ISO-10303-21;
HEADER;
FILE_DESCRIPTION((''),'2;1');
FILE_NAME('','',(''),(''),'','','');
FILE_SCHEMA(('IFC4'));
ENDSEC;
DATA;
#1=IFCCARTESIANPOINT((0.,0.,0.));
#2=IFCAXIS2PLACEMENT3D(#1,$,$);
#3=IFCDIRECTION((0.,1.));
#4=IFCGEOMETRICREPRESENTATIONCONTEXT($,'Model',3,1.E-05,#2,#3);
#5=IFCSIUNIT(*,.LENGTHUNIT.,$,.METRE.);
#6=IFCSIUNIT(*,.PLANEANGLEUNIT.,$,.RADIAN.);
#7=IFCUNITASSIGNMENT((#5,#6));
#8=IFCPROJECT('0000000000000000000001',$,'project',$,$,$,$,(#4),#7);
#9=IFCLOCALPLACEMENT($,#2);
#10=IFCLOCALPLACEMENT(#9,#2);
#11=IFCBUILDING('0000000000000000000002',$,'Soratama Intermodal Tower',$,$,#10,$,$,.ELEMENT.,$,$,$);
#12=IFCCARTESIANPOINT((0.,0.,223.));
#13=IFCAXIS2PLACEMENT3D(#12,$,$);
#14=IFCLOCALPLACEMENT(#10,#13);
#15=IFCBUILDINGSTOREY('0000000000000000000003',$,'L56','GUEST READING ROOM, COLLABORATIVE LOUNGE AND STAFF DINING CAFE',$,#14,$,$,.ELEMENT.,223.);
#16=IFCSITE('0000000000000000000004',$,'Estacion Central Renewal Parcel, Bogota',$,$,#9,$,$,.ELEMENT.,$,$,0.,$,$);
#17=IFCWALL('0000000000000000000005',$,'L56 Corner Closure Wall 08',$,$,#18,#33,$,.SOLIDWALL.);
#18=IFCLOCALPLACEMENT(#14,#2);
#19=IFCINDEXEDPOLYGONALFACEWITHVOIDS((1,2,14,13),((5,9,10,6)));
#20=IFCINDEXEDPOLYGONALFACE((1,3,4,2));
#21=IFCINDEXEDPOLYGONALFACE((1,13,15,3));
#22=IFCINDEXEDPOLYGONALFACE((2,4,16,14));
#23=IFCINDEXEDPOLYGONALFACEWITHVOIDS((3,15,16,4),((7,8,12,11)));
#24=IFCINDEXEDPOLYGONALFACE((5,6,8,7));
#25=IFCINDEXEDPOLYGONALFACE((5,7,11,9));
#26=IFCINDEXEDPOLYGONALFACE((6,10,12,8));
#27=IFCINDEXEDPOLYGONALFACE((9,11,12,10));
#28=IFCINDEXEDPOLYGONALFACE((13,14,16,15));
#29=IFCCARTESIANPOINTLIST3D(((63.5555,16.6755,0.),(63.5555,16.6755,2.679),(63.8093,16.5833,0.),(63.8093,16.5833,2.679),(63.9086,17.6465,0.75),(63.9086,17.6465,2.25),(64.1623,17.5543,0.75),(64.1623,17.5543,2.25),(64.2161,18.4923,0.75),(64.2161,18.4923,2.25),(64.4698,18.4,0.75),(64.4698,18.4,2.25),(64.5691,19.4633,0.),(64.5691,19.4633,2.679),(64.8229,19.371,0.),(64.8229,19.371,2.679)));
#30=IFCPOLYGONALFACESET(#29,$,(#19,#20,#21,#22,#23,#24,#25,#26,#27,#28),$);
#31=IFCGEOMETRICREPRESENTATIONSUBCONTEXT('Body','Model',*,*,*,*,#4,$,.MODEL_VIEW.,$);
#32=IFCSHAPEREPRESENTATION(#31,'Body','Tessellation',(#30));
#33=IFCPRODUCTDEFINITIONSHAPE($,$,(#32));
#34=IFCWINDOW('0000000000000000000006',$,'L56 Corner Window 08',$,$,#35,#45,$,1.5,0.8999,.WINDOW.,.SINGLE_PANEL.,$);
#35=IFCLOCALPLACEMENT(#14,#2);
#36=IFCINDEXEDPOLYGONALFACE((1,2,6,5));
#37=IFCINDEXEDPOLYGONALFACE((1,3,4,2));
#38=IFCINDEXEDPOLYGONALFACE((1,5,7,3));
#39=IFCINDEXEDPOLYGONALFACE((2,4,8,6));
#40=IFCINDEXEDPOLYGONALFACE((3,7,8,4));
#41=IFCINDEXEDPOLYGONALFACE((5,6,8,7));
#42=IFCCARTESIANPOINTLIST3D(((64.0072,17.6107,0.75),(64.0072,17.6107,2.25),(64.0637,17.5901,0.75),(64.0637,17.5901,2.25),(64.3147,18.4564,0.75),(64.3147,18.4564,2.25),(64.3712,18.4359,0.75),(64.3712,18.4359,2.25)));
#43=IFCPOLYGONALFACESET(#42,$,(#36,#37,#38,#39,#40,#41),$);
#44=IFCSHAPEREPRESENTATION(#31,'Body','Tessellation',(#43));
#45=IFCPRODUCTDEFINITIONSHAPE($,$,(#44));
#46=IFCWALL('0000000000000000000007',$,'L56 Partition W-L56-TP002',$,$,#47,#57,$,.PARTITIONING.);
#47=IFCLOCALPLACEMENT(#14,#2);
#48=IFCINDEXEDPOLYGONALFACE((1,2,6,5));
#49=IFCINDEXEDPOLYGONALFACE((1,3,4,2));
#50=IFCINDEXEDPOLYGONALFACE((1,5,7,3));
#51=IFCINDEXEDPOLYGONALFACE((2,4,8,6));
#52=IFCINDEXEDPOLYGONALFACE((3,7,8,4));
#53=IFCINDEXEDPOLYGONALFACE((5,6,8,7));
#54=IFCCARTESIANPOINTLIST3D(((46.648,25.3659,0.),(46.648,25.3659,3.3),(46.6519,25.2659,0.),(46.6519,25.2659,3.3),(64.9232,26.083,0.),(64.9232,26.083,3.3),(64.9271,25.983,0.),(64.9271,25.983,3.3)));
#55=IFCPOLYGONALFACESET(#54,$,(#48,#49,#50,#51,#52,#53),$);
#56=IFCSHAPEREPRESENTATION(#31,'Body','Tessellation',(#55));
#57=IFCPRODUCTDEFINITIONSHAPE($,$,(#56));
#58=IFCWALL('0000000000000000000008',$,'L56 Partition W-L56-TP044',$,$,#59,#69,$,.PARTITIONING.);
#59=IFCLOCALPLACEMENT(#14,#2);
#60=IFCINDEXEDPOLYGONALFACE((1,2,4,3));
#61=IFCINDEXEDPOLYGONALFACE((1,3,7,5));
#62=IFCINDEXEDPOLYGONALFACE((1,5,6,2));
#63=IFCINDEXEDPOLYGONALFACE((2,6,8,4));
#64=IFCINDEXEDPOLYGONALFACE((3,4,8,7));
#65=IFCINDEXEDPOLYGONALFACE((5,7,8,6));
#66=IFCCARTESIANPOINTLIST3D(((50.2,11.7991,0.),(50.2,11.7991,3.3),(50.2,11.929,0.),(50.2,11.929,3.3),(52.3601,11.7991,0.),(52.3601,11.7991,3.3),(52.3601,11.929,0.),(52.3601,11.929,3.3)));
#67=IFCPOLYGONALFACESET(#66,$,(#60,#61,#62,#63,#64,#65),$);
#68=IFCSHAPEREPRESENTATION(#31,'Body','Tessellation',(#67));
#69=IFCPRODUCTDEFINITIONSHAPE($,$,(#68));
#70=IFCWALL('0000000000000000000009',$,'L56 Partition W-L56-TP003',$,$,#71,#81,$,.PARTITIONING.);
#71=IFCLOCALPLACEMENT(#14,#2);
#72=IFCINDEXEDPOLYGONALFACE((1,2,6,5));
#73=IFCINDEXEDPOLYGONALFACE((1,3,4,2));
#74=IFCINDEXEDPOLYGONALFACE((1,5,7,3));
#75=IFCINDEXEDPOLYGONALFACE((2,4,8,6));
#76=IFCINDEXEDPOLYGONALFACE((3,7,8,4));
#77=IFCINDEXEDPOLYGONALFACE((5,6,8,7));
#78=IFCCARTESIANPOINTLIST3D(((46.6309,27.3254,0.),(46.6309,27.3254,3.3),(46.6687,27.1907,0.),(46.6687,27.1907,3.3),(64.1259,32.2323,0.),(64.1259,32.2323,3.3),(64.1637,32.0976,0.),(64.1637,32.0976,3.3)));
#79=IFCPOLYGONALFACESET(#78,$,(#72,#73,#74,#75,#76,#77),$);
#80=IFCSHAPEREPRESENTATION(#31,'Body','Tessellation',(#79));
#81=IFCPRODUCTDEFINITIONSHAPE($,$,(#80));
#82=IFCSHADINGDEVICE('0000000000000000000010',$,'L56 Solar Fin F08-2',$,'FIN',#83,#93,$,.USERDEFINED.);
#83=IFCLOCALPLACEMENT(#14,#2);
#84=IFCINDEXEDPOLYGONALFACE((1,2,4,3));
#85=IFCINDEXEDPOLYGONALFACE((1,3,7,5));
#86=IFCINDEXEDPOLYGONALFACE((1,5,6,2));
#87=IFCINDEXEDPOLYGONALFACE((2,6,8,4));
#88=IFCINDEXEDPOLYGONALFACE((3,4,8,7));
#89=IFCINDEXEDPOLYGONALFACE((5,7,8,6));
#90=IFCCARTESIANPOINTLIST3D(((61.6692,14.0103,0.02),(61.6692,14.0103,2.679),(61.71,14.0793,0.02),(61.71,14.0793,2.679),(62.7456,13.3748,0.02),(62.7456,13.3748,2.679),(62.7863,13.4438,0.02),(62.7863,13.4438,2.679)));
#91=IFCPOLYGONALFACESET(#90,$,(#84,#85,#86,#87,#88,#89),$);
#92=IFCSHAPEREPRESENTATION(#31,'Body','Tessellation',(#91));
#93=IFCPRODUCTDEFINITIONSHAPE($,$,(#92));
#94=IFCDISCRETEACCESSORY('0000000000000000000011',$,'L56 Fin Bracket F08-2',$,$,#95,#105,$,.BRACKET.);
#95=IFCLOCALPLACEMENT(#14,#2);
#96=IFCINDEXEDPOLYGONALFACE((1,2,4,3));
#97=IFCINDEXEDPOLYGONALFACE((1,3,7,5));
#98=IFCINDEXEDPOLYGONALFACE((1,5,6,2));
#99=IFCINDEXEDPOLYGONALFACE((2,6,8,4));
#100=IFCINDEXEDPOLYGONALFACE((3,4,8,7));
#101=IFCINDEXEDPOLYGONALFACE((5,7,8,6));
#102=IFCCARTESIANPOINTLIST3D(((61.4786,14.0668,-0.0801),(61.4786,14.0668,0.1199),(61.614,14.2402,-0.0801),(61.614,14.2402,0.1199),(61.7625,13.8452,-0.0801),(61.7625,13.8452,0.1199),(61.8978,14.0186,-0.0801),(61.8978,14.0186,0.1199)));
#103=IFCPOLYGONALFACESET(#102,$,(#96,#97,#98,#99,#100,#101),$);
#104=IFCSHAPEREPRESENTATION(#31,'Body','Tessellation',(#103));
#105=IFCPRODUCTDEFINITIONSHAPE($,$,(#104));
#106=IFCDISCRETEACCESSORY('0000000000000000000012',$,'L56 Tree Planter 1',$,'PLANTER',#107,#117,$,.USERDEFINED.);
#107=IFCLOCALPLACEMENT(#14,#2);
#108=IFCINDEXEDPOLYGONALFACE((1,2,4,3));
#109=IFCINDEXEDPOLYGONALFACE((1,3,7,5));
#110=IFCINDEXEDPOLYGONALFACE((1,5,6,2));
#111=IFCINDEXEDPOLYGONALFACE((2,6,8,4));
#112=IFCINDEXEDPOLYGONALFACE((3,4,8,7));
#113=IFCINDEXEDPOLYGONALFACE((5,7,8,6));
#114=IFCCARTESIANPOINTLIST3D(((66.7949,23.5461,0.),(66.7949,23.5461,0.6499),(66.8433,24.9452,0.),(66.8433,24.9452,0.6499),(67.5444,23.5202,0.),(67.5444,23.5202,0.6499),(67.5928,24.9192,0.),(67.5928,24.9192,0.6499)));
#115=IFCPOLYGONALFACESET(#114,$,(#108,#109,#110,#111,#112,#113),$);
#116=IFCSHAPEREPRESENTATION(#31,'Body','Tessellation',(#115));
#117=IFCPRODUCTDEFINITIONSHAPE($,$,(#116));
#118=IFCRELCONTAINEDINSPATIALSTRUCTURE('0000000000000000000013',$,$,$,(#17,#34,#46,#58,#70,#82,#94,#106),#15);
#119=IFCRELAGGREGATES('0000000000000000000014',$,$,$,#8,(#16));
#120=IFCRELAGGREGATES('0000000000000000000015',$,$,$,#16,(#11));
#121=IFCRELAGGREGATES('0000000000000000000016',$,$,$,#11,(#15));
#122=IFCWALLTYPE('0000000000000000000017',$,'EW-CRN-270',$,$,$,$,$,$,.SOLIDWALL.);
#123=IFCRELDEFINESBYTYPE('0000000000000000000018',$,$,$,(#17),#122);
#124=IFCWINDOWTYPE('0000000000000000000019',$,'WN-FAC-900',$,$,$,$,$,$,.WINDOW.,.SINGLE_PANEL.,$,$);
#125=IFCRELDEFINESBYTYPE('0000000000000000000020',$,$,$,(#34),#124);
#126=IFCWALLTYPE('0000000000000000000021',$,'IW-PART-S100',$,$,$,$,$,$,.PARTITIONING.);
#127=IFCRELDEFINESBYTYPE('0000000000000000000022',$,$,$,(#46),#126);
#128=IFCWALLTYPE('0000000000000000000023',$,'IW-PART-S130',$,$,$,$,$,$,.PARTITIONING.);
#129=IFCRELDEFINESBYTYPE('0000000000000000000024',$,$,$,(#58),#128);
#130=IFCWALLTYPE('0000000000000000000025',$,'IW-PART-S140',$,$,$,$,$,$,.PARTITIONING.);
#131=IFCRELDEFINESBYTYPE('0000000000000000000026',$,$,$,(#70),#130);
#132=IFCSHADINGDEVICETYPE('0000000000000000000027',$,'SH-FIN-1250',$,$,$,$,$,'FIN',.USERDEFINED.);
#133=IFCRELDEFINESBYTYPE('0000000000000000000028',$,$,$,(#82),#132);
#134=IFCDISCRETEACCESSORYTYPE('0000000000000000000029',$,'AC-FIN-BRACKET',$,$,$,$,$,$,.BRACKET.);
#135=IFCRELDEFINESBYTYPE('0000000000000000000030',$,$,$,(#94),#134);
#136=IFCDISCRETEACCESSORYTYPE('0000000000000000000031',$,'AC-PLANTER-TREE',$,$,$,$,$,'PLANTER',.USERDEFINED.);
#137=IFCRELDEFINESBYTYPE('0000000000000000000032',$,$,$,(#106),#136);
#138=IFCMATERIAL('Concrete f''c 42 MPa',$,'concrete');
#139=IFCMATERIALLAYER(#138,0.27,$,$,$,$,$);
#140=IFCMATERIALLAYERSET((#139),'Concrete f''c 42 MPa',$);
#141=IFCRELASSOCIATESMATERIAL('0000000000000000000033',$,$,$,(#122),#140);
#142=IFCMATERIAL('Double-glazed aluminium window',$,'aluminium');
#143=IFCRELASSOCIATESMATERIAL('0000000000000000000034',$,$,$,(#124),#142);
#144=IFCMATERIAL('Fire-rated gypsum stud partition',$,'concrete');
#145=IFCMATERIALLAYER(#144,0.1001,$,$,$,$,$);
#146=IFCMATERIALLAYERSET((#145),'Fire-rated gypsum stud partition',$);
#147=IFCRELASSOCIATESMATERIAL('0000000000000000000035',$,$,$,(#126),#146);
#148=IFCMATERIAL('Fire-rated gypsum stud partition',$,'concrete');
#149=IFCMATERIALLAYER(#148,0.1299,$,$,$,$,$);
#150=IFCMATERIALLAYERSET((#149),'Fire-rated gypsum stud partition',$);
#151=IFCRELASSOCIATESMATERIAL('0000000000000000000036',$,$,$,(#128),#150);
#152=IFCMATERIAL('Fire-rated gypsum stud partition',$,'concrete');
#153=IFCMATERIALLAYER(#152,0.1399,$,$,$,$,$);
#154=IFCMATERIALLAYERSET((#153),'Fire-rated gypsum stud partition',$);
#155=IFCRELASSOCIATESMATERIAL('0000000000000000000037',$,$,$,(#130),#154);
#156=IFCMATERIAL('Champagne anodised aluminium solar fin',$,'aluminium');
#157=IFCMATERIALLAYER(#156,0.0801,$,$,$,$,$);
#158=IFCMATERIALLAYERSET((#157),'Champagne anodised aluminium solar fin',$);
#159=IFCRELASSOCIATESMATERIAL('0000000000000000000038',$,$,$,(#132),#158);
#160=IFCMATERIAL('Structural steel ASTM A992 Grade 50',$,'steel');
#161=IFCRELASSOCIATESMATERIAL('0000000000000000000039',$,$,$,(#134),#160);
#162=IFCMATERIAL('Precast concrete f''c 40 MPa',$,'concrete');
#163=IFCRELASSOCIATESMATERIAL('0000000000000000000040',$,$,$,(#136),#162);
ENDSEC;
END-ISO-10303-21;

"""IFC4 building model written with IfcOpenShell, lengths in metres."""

from ifc_helpers import new_model, si_unit, direction, frame, frame_2d, origin, origin_2d, place, context, subcontext, project, spatial, rectangle, extrude, material, layer, layer_set, type_object, element, fill, save


model = new_model("IFC4")

# Units and contexts
model_context = context("Model", 3, precision=1e-05, world=origin(), true_north=direction((0.0, 1.0)))
body_context = subcontext(model_context, "Body", "Model", "MODEL_VIEW")
ifc_project = project(units=[si_unit("LENGTHUNIT", "METRE"), si_unit("PLANEANGLEUNIT", "RADIAN")], contexts=[model_context])

# Site, building, storey
site_placement = place(None, origin())
site = spatial("IfcSite", under=ifc_project, at=site_placement, Name="Estacion Central Renewal Parcel, Bogota", CompositionType="ELEMENT", RefElevation=0.0)
building_placement = place(site_placement, origin())
building = spatial("IfcBuilding", under=site, at=building_placement, Name="Soratama Intermodal Tower", CompositionType="ELEMENT")
storey_placement = place(building_placement, frame((0.0, 0.0, 223.0)))
storey = spatial("IfcBuildingStorey", under=building, at=storey_placement, Name="L56", Description="GUEST READING ROOM, COLLABORATIVE LOUNGE AND STAFF DINING CAFE", CompositionType="ELEMENT", Elevation=223.0)

# Wall, opening, window
ifc_material_1 = material(Name="Concrete f'c 42 MPa", Category="concrete")
ifc_layer_1 = layer(ifc_material_1, 0.27)
ifc_layer_set_1 = layer_set([ifc_layer_1], Name="Concrete f'c 42 MPa")
wall_type_1 = type_object("IfcWallType", Name="EW-CRN-270", PredefinedType="SOLIDWALL", material=ifc_layer_set_1)
wall_1_placement = place(storey_placement, frame((63.6824, 16.6294, 0.0), z_axis=(0.0, 0.0, 1.0), x_axis=(0.341717, 0.939803, 0.0)))
wall_1 = element("IfcWall", 1, at=wall_1_placement, inside=storey, type_object=wall_type_1, Name="L56 Corner Closure Wall 08", PredefinedType="SOLIDWALL", context=body_context, shape_type="SweptSolid", body=[
    extrude(rectangle(XDim=2.9663, YDim=0.27, at=frame_2d((1.4832, 0.0))), origin(), (0.0, 0.0, 1.0), 2.679),
])
opening_1_placement = place(wall_1_placement, frame((1.0332, 0.0, 0.75)))
opening_1 = element("IfcOpeningElement", 2, at=opening_1_placement, cuts=wall_1, PredefinedType="OPENING", context=body_context, shape_type="SweptSolid", body=[
    extrude(rectangle(XDim=0.8999, YDim=1.5, at=frame_2d((0.45, 0.75))), frame((0.0, 0.145, 0.0), z_axis=(0.0, -1.0, 0.0), x_axis=(1.0, 0.0, 0.0)), (0.0, 0.0, 1.0), 0.29),
])
ifc_material_2 = material(Name="Double-glazed aluminium window", Category="aluminium")
window_type_1 = type_object("IfcWindowType", Name="WN-FAC-900", PartitioningType="SINGLE_PANEL", PredefinedType="WINDOW", material=ifc_material_2)
window_1_placement = place(opening_1_placement, origin())
window_1 = element("IfcWindow", 3, at=window_1_placement, inside=storey, type_object=window_type_1, Name="L56 Corner Window 08", OverallHeight=1.5, OverallWidth=0.8999, PartitioningType="SINGLE_PANEL", PredefinedType="WINDOW", context=body_context, shape_type="SweptSolid", body=[
    extrude(rectangle(XDim=0.8999, YDim=1.5, at=frame_2d((0.45, 0.75))), frame((0.0, 0.03, 0.0), z_axis=(0.0, -1.0, 0.0), x_axis=(1.0, 0.0, 0.0)), (0.0, 0.0, 1.0), 0.0601),
])
fill(opening_1, window_1)

# Walls
ifc_material_3 = material(Name="Fire-rated gypsum stud partition", Category="concrete")
ifc_layer_2 = layer(ifc_material_3, 0.1001)
ifc_layer_set_2 = layer_set([ifc_layer_2], Name="Fire-rated gypsum stud partition")
wall_type_2 = type_object("IfcWallType", Name="IW-PART-S100", PredefinedType="PARTITIONING", material=ifc_layer_set_2)
wall_2_placement = place(storey_placement, frame((64.925, 26.033, 0.0), z_axis=(0.0, 0.0, 1.0), x_axis=(-0.999231, -0.039206, 0.0)))
element("IfcWall", 4, at=wall_2_placement, inside=storey, type_object=wall_type_2, Name="L56 Partition W-L56-TP002", PredefinedType="PARTITIONING", context=body_context, shape_type="SweptSolid", body=[
    extrude(rectangle(XDim=18.2893, YDim=0.1001, at=frame_2d((9.1445, 0.0))), origin(), (0.0, 0.0, 1.0), 3.3),
])
ifc_material_4 = material(Name="Fire-rated gypsum stud partition", Category="concrete")
ifc_layer_3 = layer(ifc_material_4, 0.1299)
ifc_layer_set_3 = layer_set([ifc_layer_3], Name="Fire-rated gypsum stud partition")
wall_type_3 = type_object("IfcWallType", Name="IW-PART-S130", PredefinedType="PARTITIONING", material=ifc_layer_set_3)
wall_3_placement = place(storey_placement, frame((52.3601, 11.864, 0.0), z_axis=(0.0, 0.0, 1.0), x_axis=(-1.0, 0.0, 0.0)))
element("IfcWall", 5, at=wall_3_placement, inside=storey, type_object=wall_type_3, Name="L56 Partition W-L56-TP044", PredefinedType="PARTITIONING", context=body_context, shape_type="SweptSolid", body=[
    extrude(rectangle(XDim=2.1602, YDim=0.1299, at=frame_2d((1.0801, 0.0))), origin(), (0.0, 0.0, 1.0), 3.3),
])
ifc_material_5 = material(Name="Fire-rated gypsum stud partition", Category="concrete")
ifc_layer_4 = layer(ifc_material_5, 0.1399)
ifc_layer_set_4 = layer_set([ifc_layer_4], Name="Fire-rated gypsum stud partition")
wall_type_4 = type_object("IfcWallType", Name="IW-PART-S140", PredefinedType="PARTITIONING", material=ifc_layer_set_4)
wall_4_placement = place(storey_placement, frame((46.6499, 27.2581, 0.0), z_axis=(0.0, 0.0, 1.0), x_axis=(0.962845, 0.270056, 0.0)))
element("IfcWall", 6, at=wall_4_placement, inside=storey, type_object=wall_type_4, Name="L56 Partition W-L56-TP003", PredefinedType="PARTITIONING", context=body_context, shape_type="SweptSolid", body=[
    extrude(rectangle(XDim=18.1702, YDim=0.1399, at=frame_2d((9.085, 0.0))), origin(), (0.0, 0.0, 1.0), 3.3),
])

# Shading device
ifc_material_6 = material(Name="Champagne anodised aluminium solar fin", Category="aluminium")
ifc_layer_5 = layer(ifc_material_6, 0.0801)
ifc_layer_set_5 = layer_set([ifc_layer_5], Name="Champagne anodised aluminium solar fin")
shading_device_type = type_object("IfcShadingDeviceType", Name="SH-FIN-1250", ElementType="FIN", PredefinedType="USERDEFINED", material=ifc_layer_set_5)
shading_device_placement = place(storey_placement, frame((62.2278, 13.7271, 0.02), z_axis=(0.0, 0.0, 1.0), x_axis=(0.861097, -0.50844, 0.0)))
element("IfcShadingDevice", 7, at=shading_device_placement, inside=storey, type_object=shading_device_type, Name="L56 Solar Fin F08-2", ObjectType="FIN", PredefinedType="USERDEFINED", context=body_context, shape_type="SweptSolid", body=[
    extrude(rectangle(XDim=1.25, YDim=0.0801, at=origin_2d()), origin(), (0.0, 0.0, 1.0), 2.6589),
])

# Discrete accessories
ifc_material_7 = material(Name="Structural steel ASTM A992 Grade 50", Category="steel")
discrete_accessory_type_1 = type_object("IfcDiscreteAccessoryType", Name="AC-FIN-BRACKET", PredefinedType="BRACKET", material=ifc_material_7)
discrete_accessory_1_placement = place(storey_placement, frame((61.6882, 14.0427, -0.0801), z_axis=(0.0, 0.0, 1.0), x_axis=(0.788226, -0.615386, 0.0)))
element("IfcDiscreteAccessory", 8, at=discrete_accessory_1_placement, inside=storey, type_object=discrete_accessory_type_1, Name="L56 Fin Bracket F08-2", PredefinedType="BRACKET", context=body_context, shape_type="SweptSolid", body=[
    extrude(rectangle(XDim=0.3601, YDim=0.22, at=origin_2d()), origin(), (0.0, 0.0, 1.0), 0.2),
])
ifc_material_8 = material(Name="Precast concrete f'c 40 MPa", Category="concrete")
discrete_accessory_type_2 = type_object("IfcDiscreteAccessoryType", Name="AC-PLANTER-TREE", ElementType="PLANTER", PredefinedType="USERDEFINED", material=ifc_material_8)
discrete_accessory_2_placement = place(storey_placement, frame((67.1938, 24.2327, 0.0), z_axis=(0.0, 0.0, 1.0), x_axis=(0.999403, -0.034551, 0.0)))
element("IfcDiscreteAccessory", 9, at=discrete_accessory_2_placement, inside=storey, type_object=discrete_accessory_type_2, Name="L56 Tree Planter 1", ObjectType="PLANTER", PredefinedType="USERDEFINED", context=body_context, shape_type="SweptSolid", body=[
    extrude(rectangle(XDim=0.75, YDim=1.3999, at=origin_2d()), origin(), (0.0, 0.0, 1.0), 0.6499),
])

save(model, "model.ifc")
